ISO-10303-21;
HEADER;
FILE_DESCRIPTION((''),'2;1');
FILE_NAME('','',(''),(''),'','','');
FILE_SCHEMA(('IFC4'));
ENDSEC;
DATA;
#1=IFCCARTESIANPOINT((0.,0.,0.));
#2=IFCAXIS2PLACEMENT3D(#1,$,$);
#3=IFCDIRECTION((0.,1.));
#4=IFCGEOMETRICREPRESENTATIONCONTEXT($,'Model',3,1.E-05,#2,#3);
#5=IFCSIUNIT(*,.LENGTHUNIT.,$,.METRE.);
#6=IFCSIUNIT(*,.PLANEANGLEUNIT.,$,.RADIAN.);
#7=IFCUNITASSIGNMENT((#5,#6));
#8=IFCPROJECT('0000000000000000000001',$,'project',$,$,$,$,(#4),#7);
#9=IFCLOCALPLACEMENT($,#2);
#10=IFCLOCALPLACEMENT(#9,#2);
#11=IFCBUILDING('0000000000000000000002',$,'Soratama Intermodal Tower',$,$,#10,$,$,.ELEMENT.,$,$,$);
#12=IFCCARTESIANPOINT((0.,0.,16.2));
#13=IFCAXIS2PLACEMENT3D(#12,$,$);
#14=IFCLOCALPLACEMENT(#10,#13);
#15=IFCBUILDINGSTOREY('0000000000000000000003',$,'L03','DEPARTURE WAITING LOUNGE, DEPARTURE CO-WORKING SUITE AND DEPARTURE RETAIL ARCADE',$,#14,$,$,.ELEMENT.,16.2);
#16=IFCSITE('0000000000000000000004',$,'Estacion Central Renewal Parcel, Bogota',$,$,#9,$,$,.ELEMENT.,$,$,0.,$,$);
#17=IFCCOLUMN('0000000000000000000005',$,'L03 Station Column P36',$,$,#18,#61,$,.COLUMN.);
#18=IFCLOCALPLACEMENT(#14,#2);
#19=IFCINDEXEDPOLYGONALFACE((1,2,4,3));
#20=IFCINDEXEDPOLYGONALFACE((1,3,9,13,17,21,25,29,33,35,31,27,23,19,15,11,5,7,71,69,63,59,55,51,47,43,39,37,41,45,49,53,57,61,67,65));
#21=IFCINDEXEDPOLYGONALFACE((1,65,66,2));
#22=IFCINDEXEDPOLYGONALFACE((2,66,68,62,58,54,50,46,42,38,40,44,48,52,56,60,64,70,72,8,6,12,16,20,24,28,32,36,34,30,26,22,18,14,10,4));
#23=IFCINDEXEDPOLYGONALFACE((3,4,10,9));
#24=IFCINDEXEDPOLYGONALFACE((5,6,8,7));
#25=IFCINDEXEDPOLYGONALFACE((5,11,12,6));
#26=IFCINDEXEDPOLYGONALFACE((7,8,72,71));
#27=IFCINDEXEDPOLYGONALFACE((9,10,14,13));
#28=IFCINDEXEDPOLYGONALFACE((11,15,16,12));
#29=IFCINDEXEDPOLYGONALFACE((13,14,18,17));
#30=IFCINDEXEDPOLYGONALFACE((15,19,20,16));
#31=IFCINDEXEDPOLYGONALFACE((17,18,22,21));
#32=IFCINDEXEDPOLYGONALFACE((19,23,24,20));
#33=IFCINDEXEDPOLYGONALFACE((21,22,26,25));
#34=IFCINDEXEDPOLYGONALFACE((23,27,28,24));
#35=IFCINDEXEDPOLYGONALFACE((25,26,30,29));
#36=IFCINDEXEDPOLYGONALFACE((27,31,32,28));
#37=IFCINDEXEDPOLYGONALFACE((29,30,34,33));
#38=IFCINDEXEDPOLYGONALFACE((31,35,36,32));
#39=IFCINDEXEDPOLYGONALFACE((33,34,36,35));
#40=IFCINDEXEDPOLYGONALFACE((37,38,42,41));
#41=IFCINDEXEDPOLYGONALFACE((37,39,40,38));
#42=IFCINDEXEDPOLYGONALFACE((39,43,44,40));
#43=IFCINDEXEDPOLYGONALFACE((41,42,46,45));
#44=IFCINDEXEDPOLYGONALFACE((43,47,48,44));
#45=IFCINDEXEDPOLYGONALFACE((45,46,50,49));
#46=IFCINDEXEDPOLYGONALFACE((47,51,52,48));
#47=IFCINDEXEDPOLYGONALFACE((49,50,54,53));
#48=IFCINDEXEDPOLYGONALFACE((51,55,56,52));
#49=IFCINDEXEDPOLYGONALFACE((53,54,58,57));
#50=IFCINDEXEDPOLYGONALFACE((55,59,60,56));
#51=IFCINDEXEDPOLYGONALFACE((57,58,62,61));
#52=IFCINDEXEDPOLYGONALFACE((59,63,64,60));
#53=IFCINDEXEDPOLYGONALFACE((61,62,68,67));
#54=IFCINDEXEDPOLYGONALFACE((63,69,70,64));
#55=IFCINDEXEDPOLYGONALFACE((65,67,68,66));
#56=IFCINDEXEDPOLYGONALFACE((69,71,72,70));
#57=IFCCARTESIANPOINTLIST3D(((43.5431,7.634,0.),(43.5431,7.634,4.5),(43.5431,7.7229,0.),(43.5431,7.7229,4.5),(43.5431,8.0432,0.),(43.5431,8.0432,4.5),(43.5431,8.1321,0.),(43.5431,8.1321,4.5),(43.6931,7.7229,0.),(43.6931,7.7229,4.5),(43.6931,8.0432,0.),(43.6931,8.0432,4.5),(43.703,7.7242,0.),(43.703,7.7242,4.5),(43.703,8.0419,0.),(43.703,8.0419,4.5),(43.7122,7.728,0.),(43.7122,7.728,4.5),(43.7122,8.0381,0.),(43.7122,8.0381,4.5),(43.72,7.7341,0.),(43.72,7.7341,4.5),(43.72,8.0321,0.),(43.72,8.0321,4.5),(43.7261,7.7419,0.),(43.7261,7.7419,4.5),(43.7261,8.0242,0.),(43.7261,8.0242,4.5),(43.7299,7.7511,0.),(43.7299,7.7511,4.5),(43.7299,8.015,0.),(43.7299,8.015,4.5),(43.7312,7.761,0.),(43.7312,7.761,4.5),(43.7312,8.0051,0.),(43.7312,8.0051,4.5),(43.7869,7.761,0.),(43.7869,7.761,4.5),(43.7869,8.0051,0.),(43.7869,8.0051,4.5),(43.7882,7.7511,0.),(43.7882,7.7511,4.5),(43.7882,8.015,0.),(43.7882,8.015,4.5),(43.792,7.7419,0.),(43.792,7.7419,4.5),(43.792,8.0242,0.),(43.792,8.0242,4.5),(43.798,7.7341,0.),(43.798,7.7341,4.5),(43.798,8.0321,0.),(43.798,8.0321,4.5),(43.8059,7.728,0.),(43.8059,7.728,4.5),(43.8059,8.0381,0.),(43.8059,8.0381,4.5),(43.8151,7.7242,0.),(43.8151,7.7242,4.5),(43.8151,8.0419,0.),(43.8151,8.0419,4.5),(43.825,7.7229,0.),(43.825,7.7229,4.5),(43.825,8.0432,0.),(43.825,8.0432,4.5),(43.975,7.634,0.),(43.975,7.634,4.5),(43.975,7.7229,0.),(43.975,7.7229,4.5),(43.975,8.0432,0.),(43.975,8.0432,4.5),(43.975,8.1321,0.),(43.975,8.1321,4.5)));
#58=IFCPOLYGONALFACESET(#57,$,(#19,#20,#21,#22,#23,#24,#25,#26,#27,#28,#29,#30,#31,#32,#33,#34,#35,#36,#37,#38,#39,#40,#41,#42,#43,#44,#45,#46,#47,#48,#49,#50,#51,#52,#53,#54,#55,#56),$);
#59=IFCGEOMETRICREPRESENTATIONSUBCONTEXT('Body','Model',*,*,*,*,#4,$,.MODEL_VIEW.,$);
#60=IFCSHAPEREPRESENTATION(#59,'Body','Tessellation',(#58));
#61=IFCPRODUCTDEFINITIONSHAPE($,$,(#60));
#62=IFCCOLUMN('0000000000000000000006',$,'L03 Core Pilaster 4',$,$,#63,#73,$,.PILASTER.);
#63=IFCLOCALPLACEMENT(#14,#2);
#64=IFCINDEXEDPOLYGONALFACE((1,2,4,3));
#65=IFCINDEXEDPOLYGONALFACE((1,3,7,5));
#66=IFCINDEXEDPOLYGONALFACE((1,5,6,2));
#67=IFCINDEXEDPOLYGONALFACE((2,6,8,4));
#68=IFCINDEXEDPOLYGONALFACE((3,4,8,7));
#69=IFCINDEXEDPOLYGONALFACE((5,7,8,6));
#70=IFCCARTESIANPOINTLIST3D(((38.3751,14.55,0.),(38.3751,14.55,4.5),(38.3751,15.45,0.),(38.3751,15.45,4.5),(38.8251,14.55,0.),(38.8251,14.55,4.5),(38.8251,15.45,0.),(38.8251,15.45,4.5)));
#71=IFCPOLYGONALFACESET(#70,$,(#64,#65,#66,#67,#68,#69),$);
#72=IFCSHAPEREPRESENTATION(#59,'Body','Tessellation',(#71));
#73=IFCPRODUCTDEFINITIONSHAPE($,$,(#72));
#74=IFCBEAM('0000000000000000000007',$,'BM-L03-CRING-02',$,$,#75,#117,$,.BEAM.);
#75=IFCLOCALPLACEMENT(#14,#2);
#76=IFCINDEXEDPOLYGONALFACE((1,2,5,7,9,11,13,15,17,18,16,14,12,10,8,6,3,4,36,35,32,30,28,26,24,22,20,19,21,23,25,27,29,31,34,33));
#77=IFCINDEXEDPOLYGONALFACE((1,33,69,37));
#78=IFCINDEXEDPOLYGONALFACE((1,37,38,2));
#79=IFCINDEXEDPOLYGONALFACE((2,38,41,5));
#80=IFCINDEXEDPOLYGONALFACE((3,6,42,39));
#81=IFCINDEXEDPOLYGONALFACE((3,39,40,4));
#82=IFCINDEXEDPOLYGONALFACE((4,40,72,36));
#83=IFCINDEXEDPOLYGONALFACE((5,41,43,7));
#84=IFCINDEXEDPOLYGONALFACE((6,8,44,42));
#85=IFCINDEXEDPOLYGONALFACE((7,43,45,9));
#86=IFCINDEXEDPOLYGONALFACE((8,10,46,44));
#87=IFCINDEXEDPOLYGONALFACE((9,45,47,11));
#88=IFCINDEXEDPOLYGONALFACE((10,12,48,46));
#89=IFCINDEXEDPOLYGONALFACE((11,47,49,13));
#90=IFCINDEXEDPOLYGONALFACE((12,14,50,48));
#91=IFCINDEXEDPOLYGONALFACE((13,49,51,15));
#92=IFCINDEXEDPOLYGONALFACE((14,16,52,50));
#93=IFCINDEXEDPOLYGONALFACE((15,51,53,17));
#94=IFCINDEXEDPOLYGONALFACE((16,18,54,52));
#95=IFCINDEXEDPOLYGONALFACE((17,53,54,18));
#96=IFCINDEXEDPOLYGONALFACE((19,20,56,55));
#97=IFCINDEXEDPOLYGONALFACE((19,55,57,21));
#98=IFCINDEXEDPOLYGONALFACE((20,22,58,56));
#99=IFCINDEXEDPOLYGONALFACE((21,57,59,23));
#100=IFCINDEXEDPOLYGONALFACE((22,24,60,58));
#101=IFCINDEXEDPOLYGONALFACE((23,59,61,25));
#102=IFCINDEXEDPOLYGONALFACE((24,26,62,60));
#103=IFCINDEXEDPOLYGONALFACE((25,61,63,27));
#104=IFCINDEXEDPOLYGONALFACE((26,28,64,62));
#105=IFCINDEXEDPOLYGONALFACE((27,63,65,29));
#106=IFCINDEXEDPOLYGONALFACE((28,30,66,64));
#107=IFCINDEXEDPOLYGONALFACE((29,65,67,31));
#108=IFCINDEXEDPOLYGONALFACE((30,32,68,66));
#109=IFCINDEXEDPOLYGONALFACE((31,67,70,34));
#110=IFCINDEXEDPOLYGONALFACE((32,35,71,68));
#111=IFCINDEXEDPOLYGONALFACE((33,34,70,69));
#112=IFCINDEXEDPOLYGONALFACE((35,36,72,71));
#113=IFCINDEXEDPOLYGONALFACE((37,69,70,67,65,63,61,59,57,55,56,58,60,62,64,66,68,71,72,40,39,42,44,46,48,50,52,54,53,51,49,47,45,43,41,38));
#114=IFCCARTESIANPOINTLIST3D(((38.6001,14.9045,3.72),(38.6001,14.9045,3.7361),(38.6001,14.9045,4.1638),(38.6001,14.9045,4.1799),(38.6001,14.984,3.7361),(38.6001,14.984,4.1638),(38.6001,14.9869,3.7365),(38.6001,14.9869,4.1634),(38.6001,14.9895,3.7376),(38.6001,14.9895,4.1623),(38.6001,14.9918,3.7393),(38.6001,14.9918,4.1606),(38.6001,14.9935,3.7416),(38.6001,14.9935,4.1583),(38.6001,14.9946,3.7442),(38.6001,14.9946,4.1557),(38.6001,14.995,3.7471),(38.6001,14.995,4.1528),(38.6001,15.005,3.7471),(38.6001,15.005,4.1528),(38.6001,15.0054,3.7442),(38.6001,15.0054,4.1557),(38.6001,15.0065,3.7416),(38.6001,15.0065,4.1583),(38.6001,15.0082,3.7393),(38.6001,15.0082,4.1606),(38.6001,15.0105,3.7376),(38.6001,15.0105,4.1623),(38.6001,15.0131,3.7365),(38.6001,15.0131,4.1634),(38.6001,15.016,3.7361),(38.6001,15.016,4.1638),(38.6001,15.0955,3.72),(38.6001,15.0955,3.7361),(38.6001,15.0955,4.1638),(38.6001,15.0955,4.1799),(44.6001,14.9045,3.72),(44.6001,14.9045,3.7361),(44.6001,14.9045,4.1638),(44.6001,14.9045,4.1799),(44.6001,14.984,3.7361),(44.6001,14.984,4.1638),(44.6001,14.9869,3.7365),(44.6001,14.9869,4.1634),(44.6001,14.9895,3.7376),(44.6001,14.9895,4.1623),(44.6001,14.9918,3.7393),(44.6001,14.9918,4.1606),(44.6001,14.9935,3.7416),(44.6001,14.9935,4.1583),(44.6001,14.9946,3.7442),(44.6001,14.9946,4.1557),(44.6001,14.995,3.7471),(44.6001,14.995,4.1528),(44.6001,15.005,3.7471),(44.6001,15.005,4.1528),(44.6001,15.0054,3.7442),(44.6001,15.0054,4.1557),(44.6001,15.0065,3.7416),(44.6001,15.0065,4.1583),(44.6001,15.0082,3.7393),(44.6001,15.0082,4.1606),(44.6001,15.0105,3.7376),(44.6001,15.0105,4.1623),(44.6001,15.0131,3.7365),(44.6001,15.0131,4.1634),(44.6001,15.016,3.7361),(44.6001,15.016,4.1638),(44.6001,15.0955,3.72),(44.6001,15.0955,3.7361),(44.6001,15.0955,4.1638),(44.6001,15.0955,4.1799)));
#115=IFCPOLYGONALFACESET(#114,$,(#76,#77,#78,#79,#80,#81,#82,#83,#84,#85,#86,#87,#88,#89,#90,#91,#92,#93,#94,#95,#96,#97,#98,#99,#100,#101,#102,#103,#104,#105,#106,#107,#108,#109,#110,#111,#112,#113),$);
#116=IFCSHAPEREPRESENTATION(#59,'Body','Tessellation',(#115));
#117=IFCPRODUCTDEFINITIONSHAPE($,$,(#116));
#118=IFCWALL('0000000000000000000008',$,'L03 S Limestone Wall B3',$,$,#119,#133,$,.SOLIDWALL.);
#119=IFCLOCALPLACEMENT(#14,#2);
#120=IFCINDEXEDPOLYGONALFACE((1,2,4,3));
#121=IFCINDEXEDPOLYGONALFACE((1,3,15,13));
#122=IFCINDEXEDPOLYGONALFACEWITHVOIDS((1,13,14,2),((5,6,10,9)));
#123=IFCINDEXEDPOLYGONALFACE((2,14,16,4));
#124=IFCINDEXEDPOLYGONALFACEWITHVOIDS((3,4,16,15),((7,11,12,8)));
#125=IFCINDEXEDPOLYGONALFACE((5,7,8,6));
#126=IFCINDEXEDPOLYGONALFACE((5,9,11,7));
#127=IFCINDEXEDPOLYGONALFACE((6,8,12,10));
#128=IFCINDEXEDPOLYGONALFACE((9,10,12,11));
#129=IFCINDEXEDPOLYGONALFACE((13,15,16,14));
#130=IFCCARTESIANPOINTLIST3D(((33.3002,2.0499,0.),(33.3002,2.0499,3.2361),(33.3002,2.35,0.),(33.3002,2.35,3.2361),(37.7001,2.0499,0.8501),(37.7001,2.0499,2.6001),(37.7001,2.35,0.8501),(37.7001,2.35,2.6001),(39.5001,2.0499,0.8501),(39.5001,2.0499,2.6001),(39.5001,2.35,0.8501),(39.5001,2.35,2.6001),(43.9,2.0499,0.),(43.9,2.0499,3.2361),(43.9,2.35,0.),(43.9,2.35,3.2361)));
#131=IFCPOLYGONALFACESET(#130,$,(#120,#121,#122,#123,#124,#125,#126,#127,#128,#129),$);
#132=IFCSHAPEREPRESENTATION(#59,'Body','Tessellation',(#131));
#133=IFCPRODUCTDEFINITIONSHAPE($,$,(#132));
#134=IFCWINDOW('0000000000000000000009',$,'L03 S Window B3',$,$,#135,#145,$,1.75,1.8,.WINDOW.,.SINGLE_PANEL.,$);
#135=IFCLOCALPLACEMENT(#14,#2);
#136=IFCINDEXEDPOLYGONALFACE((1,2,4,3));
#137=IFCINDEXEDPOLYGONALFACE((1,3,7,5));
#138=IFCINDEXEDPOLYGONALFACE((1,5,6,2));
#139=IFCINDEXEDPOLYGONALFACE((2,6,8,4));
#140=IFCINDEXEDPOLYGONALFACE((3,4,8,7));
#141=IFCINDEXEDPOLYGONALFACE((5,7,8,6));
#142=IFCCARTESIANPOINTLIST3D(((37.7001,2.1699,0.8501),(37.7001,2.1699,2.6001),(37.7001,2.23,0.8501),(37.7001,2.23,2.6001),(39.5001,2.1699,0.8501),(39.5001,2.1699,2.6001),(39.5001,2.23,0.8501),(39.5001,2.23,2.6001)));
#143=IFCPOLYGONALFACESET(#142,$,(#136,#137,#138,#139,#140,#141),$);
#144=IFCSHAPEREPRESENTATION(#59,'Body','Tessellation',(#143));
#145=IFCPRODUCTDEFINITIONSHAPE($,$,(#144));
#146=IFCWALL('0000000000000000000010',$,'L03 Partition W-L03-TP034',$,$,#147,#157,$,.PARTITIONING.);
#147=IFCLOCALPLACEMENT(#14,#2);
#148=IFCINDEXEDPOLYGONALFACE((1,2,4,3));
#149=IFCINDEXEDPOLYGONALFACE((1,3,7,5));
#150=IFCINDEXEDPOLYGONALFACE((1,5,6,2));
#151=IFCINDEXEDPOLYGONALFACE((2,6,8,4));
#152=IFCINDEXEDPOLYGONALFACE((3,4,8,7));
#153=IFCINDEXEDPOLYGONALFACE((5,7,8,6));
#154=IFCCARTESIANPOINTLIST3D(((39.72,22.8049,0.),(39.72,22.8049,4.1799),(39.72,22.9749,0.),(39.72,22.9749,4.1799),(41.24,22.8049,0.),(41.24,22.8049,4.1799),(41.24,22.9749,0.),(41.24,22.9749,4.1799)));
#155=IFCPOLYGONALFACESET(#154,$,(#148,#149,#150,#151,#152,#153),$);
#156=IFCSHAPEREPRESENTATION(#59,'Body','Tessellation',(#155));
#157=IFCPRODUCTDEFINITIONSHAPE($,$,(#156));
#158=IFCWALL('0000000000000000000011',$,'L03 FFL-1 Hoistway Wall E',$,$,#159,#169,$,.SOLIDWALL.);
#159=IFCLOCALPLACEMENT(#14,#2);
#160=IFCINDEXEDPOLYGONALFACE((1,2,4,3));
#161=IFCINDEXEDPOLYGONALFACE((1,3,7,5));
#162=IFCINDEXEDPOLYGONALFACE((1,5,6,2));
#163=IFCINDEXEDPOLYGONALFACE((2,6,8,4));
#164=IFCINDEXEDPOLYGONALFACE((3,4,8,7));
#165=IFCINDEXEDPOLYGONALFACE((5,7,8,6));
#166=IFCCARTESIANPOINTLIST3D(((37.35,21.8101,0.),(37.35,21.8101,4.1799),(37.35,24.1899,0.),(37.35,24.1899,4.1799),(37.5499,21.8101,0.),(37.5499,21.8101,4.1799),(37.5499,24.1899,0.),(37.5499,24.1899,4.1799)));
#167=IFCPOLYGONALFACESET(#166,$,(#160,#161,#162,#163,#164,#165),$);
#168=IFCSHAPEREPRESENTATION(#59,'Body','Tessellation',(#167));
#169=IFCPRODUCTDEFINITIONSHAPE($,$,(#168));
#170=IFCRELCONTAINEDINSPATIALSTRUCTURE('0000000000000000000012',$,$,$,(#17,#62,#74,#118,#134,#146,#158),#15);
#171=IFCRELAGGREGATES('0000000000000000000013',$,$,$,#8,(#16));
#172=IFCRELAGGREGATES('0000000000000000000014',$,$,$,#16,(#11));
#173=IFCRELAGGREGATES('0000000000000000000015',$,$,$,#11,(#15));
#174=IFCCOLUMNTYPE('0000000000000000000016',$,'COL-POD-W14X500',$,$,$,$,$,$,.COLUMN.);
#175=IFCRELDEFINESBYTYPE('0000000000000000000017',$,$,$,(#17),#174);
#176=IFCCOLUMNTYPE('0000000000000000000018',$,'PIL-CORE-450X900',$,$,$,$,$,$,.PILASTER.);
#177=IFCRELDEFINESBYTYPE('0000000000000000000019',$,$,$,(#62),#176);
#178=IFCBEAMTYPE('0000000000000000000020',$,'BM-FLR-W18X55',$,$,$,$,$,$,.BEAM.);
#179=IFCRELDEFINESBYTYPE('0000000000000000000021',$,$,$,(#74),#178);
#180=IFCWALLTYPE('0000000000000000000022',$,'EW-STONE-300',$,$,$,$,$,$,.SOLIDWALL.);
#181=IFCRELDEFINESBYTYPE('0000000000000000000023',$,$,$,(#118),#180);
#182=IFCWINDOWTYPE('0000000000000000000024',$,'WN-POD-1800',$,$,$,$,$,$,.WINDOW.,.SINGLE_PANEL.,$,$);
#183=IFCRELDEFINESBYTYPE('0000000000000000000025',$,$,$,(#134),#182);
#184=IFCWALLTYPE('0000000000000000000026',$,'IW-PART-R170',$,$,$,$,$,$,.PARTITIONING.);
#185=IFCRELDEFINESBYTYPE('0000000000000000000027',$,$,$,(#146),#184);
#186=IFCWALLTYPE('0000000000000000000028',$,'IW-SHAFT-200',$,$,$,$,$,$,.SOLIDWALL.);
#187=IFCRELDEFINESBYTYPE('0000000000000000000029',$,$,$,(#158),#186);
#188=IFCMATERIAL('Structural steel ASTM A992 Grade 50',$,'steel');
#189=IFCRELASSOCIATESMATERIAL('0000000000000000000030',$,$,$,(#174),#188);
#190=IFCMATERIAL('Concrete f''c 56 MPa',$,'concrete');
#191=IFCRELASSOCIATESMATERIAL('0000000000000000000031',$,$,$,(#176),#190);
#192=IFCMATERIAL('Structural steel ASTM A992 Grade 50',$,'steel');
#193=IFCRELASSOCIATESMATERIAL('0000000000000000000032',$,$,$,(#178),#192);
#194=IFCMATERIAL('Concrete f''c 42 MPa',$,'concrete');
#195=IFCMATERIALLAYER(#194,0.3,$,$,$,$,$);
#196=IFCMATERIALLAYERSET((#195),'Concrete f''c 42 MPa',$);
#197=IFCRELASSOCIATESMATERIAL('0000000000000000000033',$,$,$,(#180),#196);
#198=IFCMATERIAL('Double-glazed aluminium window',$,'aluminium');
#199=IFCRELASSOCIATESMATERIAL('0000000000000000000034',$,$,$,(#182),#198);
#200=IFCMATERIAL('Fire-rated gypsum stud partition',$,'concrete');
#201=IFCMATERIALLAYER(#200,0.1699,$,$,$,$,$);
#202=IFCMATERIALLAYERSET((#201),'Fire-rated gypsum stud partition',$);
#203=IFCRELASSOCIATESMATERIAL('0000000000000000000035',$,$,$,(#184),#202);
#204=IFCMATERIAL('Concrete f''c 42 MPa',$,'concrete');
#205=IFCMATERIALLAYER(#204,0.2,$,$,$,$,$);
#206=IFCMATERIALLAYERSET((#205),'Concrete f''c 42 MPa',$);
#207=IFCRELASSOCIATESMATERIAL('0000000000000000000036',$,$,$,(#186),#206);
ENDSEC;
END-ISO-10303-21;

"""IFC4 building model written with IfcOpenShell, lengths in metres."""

from ifc_helpers import new_model, si_unit, direction, frame, frame_2d, origin, origin_2d, place, context, subcontext, project, spatial, rectangle, i_section, extrude, material, layer, layer_set, material_profile, profile_set, type_object, element, fill, save


model = new_model("IFC4")

# Units and contexts
model_context = context("Model", 3, precision=1e-05, world=origin(), true_north=direction((0.0, 1.0)))
body_context = subcontext(model_context, "Body", "Model", "MODEL_VIEW")
ifc_project = project(units=[si_unit("LENGTHUNIT", "METRE"), si_unit("PLANEANGLEUNIT", "RADIAN")], contexts=[model_context])

# Site, building, storey
site_placement = place(None, origin())
site = spatial("IfcSite", under=ifc_project, at=site_placement, Name="Estacion Central Renewal Parcel, Bogota", CompositionType="ELEMENT", RefElevation=0.0)
building_placement = place(site_placement, origin())
building = spatial("IfcBuilding", under=site, at=building_placement, Name="Soratama Intermodal Tower", CompositionType="ELEMENT")
storey_placement = place(building_placement, frame((0.0, 0.0, 16.2)))
storey = spatial("IfcBuildingStorey", under=building, at=storey_placement, Name="L03", Description="DEPARTURE WAITING LOUNGE, DEPARTURE CO-WORKING SUITE AND DEPARTURE RETAIL ARCADE", CompositionType="ELEMENT", Elevation=16.2)

# Columns
ifc_material_1 = material(Name="Structural steel ASTM A992 Grade 50", Category="steel")
ifc_material_profile_1 = material_profile(ifc_material_1, i_section(OverallWidth=0.4319, OverallDepth=0.498, WebThickness=0.0557, FlangeThickness=0.0889, FilletRadius=0.0381, at=origin_2d()), Name="W14X500")
ifc_profile_set_1 = profile_set([ifc_material_profile_1], Name="Structural steel ASTM A992 Grade 50")
column_type_1 = type_object("IfcColumnType", Name="COL-POD-W14X500", PredefinedType="COLUMN", material=ifc_profile_set_1)
column_1_placement = place(storey_placement, frame((43.759, 7.8831, 0.0), z_axis=(0.0, 0.0, 1.0), x_axis=(1.0, 0.0, 0.0)))
element("IfcColumn", 1, at=column_1_placement, inside=storey, type_object=column_type_1, Name="L03 Station Column P36", PredefinedType="COLUMN", context=body_context, shape_type="SweptSolid", body=[
    extrude(i_section(OverallWidth=0.4319, OverallDepth=0.498, WebThickness=0.0557, FlangeThickness=0.0889, FilletRadius=0.0381, at=origin_2d()), origin(), (0.0, 0.0, 1.0), 4.5),
])
ifc_material_2 = material(Name="Concrete f'c 56 MPa", Category="concrete")
ifc_material_profile_2 = material_profile(ifc_material_2, rectangle(XDim=0.45, YDim=0.8999, at=origin_2d()), Name="RC450X900")
ifc_profile_set_2 = profile_set([ifc_material_profile_2], Name="Concrete f'c 56 MPa")
column_type_2 = type_object("IfcColumnType", Name="PIL-CORE-450X900", PredefinedType="PILASTER", material=ifc_profile_set_2)
column_2_placement = place(storey_placement, frame((38.6001, 15.0, 0.0), z_axis=(0.0, 0.0, 1.0), x_axis=(1.0, 0.0, 0.0)))
element("IfcColumn", 2, at=column_2_placement, inside=storey, type_object=column_type_2, Name="L03 Core Pilaster 4", PredefinedType="PILASTER", context=body_context, shape_type="SweptSolid", body=[
    extrude(rectangle(XDim=0.45, YDim=0.8999, at=origin_2d()), origin(), (0.0, 0.0, 1.0), 4.5),
])

# Beam
ifc_material_3 = material(Name="Structural steel ASTM A992 Grade 50", Category="steel")
ifc_material_profile_3 = material_profile(ifc_material_3, i_section(OverallWidth=0.1909, OverallDepth=0.46, WebThickness=0.01, FlangeThickness=0.0161, FilletRadius=0.011, at=origin_2d()), Name="W18X55")
ifc_profile_set_3 = profile_set([ifc_material_profile_3], Name="Structural steel ASTM A992 Grade 50")
beam_type = type_object("IfcBeamType", Name="BM-FLR-W18X55", PredefinedType="BEAM", material=ifc_profile_set_3)
beam_placement = place(storey_placement, frame((38.6001, 15.0, 3.95), z_axis=(1.0, 0.0, 0.0), x_axis=(0.0, 1.0, 0.0)))
element("IfcBeam", 3, at=beam_placement, inside=storey, type_object=beam_type, Name="BM-L03-CRING-02", PredefinedType="BEAM", context=body_context, shape_type="SweptSolid", body=[
    extrude(i_section(OverallWidth=0.1909, OverallDepth=0.46, WebThickness=0.01, FlangeThickness=0.0161, FilletRadius=0.011, at=origin_2d()), origin(), (0.0, 0.0, 1.0), 6.0),
])

# Wall, opening, window
ifc_material_4 = material(Name="Concrete f'c 42 MPa", Category="concrete")
ifc_layer_1 = layer(ifc_material_4, 0.3)
ifc_layer_set_1 = layer_set([ifc_layer_1], Name="Concrete f'c 42 MPa")
wall_type_1 = type_object("IfcWallType", Name="EW-STONE-300", PredefinedType="SOLIDWALL", material=ifc_layer_set_1)
wall_1_placement = place(storey_placement, frame((43.8999, 2.2, 0.0), z_axis=(0.0, 0.0, 1.0), x_axis=(-1.0, 0.0, 0.0)))
wall_1 = element("IfcWall", 4, at=wall_1_placement, inside=storey, type_object=wall_type_1, Name="L03 S Limestone Wall B3", PredefinedType="SOLIDWALL", context=body_context, shape_type="SweptSolid", body=[
    extrude(rectangle(XDim=10.5999, YDim=0.3, at=frame_2d((5.2998, 0.0))), origin(), (0.0, 0.0, 1.0), 3.2361),
])
opening_1_placement = place(wall_1_placement, frame((4.3999, 0.0, 0.8501)))
opening_1 = element("IfcOpeningElement", 5, at=opening_1_placement, cuts=wall_1, PredefinedType="OPENING", context=body_context, shape_type="SweptSolid", body=[
    extrude(rectangle(XDim=1.8, YDim=1.75, at=frame_2d((0.8999, 0.875))), frame((0.0, 0.1599, 0.0), z_axis=(0.0, -1.0, 0.0), x_axis=(1.0, 0.0, 0.0)), (0.0, 0.0, 1.0), 0.3201),
])
ifc_material_5 = material(Name="Double-glazed aluminium window", Category="aluminium")
window_type = type_object("IfcWindowType", Name="WN-POD-1800", PartitioningType="SINGLE_PANEL", PredefinedType="WINDOW", material=ifc_material_5)
window_placement = place(opening_1_placement, origin())
window = element("IfcWindow", 6, at=window_placement, inside=storey, type_object=window_type, Name="L03 S Window B3", OverallHeight=1.75, OverallWidth=1.8, PartitioningType="SINGLE_PANEL", PredefinedType="WINDOW", context=body_context, shape_type="SweptSolid", body=[
    extrude(rectangle(XDim=1.8, YDim=1.75, at=frame_2d((0.8999, 0.875))), frame((0.0, 0.03, 0.0), z_axis=(0.0, -1.0, 0.0), x_axis=(1.0, 0.0, 0.0)), (0.0, 0.0, 1.0), 0.0601),
])
fill(opening_1, window)

# Shared definitions
ifc_material_6 = material(Name="Fire-rated gypsum stud partition", Category="concrete")
ifc_layer_2 = layer(ifc_material_6, 0.1699)
ifc_layer_set_2 = layer_set([ifc_layer_2], Name="Fire-rated gypsum stud partition")
wall_type_2 = type_object("IfcWallType", Name="IW-PART-R170", PredefinedType="PARTITIONING", material=ifc_layer_set_2)

# Walls
wall_2_placement = place(storey_placement, frame((39.72, 22.8899, 0.0), z_axis=(0.0, 0.0, 1.0), x_axis=(1.0, 0.0, 0.0)))
element("IfcWall", 7, at=wall_2_placement, inside=storey, type_object=wall_type_2, Name="L03 Partition W-L03-TP034", PredefinedType="PARTITIONING", context=body_context, shape_type="SweptSolid", body=[
    extrude(rectangle(XDim=1.52, YDim=0.1699, at=frame_2d((0.76, 0.0))), origin(), (0.0, 0.0, 1.0), 4.1799),
])
ifc_material_7 = material(Name="Concrete f'c 42 MPa", Category="concrete")
ifc_layer_3 = layer(ifc_material_7, 0.2)
ifc_layer_set_3 = layer_set([ifc_layer_3], Name="Concrete f'c 42 MPa")
wall_type_3 = type_object("IfcWallType", Name="IW-SHAFT-200", PredefinedType="SOLIDWALL", material=ifc_layer_set_3)
wall_3_placement = place(storey_placement, frame((37.45, 21.8101, 0.0), z_axis=(0.0, 0.0, 1.0), x_axis=(0.0, 1.0, 0.0)))
element("IfcWall", 8, at=wall_3_placement, inside=storey, type_object=wall_type_3, Name="L03 FFL-1 Hoistway Wall E", PredefinedType="SOLIDWALL", context=body_context, shape_type="SweptSolid", body=[
    extrude(rectangle(XDim=2.3799, YDim=0.2, at=frame_2d((1.1899, 0.0))), origin(), (0.0, 0.0, 1.0), 4.1799),
])

save(model, "model.ifc")
